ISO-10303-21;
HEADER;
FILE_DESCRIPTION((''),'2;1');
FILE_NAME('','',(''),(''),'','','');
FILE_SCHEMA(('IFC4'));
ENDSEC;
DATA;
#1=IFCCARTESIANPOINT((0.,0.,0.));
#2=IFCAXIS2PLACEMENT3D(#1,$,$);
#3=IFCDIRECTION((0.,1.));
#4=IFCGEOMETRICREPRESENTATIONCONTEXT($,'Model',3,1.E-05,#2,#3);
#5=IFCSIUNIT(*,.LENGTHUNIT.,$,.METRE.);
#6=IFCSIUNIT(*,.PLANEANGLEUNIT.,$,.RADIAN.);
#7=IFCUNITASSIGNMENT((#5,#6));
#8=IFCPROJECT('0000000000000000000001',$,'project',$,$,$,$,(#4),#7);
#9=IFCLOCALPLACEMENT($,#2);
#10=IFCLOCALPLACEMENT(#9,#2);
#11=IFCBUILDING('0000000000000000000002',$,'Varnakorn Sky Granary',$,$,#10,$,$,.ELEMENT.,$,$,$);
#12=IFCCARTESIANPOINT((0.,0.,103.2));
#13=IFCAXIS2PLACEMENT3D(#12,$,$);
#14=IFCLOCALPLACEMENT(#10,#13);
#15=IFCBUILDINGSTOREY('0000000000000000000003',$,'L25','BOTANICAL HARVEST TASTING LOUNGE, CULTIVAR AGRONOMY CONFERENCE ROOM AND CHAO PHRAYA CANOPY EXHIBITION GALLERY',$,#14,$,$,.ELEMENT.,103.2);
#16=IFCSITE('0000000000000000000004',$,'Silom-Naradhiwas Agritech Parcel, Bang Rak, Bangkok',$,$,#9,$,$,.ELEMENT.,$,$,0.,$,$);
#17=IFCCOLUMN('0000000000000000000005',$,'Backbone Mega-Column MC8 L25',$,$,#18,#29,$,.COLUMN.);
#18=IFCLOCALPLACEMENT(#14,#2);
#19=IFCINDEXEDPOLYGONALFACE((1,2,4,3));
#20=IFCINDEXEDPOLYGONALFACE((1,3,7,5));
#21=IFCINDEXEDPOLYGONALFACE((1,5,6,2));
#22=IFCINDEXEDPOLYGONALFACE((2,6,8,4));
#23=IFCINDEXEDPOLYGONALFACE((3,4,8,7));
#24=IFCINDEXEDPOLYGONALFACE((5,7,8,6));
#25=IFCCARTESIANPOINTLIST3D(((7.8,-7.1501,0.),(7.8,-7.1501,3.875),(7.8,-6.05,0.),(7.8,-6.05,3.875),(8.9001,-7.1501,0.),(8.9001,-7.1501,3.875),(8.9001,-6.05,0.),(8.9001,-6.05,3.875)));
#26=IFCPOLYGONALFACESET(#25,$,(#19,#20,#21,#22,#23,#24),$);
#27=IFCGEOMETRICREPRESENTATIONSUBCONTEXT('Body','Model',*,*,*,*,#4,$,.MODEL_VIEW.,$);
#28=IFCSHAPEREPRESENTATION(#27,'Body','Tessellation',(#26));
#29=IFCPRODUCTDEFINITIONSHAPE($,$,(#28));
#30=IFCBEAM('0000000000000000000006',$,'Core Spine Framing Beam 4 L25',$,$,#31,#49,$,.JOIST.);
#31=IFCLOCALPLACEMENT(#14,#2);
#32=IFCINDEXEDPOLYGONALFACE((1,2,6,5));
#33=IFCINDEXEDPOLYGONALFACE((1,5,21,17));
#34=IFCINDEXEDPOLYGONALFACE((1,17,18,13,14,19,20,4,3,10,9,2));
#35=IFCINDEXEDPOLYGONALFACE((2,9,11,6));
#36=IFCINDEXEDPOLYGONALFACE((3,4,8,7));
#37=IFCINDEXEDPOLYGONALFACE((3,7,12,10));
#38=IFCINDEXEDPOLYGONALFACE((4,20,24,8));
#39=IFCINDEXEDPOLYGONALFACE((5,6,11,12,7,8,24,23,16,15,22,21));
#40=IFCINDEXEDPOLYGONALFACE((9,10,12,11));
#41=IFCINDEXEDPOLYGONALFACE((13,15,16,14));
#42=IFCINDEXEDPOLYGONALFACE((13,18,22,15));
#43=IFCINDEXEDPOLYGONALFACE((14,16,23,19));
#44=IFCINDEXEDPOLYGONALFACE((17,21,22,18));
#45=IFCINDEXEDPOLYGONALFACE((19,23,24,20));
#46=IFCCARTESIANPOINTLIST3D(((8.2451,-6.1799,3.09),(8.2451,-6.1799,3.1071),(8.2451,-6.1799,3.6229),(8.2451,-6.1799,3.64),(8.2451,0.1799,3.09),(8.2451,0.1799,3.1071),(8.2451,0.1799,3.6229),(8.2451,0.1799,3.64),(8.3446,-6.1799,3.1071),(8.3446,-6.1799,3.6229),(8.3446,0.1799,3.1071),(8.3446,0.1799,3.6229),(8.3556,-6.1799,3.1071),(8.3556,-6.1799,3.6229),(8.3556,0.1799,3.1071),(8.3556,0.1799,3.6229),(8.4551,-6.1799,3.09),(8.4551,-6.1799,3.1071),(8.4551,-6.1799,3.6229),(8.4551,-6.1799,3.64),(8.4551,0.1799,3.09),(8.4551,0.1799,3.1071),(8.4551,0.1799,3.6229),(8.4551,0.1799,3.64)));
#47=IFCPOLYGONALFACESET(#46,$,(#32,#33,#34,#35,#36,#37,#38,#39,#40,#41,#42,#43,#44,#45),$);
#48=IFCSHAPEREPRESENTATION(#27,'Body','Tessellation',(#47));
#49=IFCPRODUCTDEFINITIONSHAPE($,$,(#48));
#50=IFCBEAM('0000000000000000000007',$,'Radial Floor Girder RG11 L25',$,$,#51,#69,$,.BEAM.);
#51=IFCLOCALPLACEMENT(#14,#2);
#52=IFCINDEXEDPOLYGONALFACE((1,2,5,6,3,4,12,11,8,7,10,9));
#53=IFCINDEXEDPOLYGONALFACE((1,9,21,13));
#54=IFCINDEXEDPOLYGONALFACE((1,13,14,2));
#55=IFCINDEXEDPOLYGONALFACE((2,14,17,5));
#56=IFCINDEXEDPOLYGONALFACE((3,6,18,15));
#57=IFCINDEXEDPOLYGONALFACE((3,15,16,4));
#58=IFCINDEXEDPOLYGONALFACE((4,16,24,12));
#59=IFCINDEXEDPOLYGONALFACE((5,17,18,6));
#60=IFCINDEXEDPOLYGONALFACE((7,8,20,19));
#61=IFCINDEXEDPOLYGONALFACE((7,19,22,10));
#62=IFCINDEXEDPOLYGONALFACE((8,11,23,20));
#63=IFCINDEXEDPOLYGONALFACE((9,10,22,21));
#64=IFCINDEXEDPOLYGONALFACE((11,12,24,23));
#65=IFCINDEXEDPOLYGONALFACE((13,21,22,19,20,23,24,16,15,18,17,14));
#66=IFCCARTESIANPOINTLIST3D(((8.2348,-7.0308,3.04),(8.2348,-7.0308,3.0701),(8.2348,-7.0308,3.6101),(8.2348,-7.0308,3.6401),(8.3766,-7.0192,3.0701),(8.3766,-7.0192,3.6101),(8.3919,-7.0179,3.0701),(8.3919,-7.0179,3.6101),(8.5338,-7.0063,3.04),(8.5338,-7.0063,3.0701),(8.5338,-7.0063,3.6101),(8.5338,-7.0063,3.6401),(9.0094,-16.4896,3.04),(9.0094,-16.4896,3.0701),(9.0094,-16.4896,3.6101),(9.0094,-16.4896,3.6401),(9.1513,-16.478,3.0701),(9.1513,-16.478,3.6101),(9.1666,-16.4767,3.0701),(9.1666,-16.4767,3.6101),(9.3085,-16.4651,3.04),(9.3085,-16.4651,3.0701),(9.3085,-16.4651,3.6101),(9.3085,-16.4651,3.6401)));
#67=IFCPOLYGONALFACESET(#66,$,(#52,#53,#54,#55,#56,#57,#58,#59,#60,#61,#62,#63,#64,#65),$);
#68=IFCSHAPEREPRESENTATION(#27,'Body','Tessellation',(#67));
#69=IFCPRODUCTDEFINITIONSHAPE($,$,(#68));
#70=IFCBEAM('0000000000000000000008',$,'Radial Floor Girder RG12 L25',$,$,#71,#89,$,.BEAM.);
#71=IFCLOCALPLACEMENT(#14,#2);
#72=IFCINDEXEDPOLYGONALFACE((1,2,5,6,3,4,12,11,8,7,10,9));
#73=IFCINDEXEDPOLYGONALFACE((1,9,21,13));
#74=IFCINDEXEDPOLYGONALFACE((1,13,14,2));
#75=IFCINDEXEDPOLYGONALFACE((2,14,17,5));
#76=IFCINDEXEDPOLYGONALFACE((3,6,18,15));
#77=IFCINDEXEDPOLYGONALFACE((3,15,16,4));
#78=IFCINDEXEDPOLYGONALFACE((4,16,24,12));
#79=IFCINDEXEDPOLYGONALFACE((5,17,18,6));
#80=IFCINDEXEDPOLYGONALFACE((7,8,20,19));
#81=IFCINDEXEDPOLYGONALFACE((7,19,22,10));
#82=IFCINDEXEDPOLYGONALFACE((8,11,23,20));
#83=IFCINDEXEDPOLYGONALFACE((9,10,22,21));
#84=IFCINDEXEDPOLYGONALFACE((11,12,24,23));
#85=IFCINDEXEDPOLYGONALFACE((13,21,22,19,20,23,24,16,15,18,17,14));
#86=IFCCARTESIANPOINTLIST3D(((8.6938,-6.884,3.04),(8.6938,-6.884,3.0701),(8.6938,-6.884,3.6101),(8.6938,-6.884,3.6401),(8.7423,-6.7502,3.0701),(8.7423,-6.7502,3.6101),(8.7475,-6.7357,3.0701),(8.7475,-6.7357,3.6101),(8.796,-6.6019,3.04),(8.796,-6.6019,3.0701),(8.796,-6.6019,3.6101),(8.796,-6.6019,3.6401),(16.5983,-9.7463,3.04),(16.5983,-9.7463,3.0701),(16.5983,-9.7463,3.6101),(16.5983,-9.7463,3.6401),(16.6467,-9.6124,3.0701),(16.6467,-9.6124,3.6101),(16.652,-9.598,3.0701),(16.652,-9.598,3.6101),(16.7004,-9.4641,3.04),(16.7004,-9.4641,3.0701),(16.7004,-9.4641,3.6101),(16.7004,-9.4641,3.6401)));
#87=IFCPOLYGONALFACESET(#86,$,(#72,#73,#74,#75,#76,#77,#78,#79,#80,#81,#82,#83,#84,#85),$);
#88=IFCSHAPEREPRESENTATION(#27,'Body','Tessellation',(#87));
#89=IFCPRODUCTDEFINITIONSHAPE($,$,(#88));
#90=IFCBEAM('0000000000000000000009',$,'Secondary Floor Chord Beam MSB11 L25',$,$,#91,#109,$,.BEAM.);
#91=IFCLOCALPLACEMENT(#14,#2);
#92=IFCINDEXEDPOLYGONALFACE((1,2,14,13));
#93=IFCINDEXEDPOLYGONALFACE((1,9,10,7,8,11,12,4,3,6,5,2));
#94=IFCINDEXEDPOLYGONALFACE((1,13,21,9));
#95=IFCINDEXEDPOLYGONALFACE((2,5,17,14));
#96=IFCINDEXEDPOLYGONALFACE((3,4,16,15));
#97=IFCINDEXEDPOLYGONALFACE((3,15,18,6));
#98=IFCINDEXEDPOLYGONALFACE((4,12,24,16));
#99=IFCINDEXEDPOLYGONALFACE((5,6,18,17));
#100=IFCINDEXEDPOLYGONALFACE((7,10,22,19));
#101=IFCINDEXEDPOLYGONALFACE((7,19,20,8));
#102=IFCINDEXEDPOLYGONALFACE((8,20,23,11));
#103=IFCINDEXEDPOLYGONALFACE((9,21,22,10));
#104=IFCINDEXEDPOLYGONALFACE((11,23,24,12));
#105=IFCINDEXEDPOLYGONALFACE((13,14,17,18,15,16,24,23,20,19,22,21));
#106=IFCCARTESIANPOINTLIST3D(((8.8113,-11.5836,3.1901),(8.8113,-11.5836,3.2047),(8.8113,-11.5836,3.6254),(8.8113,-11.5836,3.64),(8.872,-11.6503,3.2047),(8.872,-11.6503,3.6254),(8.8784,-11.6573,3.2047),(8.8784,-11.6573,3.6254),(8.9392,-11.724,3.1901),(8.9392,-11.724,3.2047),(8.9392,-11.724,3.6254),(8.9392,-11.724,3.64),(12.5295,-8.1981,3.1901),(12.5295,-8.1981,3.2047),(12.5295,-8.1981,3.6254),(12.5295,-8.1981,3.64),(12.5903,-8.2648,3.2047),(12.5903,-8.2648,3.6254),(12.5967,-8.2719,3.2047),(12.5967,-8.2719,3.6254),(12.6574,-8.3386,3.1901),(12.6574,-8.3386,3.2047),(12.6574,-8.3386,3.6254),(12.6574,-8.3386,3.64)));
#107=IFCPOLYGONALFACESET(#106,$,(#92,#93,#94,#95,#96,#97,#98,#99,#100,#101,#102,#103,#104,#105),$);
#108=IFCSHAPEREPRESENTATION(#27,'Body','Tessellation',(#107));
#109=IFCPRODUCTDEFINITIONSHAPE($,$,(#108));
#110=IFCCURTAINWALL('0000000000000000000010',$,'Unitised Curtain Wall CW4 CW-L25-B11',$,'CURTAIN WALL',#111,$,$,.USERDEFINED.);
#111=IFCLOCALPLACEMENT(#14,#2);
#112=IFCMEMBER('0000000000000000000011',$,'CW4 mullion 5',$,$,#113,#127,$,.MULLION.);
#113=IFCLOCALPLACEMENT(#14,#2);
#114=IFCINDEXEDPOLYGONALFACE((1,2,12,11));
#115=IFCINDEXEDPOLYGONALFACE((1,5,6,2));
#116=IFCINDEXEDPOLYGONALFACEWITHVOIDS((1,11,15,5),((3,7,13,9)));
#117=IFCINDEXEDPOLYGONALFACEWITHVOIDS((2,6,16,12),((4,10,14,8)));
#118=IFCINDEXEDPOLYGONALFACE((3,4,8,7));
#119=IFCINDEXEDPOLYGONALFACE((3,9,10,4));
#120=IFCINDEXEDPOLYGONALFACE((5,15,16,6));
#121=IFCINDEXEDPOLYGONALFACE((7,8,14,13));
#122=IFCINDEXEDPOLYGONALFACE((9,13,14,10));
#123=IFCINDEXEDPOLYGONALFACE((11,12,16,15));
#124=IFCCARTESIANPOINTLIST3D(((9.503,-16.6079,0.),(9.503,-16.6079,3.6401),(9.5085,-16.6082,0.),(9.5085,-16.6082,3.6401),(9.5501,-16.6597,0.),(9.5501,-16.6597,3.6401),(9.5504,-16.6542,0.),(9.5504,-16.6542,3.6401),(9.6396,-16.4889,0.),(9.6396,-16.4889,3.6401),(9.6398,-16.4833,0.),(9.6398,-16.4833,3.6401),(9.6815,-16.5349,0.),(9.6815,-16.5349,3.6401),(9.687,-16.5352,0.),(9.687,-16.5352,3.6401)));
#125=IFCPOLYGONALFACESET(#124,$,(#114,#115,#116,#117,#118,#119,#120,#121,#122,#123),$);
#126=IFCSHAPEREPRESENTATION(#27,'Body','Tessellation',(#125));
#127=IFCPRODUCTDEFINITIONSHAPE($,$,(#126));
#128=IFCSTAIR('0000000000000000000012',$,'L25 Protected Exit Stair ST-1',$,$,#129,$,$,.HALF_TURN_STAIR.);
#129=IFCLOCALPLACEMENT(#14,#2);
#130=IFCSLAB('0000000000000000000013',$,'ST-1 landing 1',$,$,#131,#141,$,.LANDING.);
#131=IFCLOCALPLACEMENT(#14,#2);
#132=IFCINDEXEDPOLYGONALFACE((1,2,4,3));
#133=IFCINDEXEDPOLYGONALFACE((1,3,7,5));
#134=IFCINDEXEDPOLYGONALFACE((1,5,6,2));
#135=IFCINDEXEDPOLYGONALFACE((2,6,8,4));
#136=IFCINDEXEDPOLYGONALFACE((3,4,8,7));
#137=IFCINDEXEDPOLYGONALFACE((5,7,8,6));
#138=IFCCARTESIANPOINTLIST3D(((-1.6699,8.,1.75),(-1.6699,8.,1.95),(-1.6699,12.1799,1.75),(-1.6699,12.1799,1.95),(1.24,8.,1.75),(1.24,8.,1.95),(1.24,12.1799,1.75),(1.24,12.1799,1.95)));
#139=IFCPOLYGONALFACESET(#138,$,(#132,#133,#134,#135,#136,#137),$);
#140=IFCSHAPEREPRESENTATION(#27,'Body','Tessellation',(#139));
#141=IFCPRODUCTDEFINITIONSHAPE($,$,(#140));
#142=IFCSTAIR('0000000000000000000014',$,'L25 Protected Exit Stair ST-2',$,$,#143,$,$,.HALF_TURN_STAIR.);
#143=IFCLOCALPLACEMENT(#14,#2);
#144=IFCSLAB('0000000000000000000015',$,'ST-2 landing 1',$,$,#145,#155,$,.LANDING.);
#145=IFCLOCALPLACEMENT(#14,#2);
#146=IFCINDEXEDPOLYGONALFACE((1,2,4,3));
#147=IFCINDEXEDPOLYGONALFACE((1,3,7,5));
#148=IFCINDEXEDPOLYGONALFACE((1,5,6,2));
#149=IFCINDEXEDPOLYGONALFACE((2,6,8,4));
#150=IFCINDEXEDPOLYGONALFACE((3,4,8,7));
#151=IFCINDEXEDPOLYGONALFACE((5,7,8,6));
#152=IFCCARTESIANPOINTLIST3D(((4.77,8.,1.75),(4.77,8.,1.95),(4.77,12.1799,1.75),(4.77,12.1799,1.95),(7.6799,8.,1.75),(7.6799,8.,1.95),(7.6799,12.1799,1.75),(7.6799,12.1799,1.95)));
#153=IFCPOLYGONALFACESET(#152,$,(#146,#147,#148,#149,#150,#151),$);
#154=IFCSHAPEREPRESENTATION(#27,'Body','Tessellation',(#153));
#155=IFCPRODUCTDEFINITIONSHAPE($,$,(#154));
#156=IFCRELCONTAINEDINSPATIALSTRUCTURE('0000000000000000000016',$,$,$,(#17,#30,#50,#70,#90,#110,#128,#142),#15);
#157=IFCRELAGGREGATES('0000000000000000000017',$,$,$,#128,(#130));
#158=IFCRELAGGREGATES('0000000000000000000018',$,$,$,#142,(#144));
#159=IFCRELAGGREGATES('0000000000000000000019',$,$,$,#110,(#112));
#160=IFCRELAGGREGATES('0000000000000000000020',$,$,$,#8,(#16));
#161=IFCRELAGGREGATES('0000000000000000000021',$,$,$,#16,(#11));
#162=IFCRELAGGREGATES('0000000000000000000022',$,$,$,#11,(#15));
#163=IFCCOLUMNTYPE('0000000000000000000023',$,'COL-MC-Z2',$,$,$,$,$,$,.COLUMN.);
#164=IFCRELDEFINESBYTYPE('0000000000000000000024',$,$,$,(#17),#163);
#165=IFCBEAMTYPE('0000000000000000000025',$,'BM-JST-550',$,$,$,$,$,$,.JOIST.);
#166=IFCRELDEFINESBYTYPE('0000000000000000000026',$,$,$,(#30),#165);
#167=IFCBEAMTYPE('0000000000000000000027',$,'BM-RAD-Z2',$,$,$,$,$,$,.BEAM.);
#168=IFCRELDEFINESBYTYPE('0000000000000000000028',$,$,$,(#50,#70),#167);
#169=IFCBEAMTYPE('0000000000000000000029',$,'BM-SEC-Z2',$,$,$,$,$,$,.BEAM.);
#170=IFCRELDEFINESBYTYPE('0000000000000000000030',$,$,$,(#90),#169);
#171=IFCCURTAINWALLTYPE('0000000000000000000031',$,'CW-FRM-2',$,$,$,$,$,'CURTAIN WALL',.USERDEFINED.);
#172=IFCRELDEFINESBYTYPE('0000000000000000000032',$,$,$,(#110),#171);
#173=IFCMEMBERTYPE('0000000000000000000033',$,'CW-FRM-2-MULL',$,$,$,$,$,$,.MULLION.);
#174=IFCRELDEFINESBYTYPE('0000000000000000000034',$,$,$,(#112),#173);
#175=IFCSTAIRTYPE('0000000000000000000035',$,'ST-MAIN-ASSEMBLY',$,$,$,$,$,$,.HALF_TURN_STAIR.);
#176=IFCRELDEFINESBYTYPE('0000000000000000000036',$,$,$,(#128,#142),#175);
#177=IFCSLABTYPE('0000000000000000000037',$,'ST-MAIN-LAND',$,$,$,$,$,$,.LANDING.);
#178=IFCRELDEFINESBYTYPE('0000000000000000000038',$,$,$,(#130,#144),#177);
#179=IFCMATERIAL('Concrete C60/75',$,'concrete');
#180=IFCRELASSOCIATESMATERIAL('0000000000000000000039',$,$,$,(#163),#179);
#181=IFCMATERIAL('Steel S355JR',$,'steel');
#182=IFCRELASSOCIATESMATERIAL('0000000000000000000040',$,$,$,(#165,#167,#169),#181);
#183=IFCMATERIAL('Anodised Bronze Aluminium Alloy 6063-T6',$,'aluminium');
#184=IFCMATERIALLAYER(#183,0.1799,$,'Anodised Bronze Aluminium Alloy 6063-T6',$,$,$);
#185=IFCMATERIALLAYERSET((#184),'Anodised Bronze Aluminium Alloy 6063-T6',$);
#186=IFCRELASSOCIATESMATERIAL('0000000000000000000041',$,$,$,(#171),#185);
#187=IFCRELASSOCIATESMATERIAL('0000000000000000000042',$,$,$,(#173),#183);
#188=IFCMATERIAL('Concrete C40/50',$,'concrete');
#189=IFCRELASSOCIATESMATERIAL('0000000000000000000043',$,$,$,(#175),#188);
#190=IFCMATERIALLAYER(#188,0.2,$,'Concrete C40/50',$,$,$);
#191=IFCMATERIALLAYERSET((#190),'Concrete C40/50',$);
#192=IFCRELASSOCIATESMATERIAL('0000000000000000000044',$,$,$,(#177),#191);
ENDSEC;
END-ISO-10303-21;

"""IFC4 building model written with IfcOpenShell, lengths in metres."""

from ifc_helpers import new_model, si_unit, direction, frame, origin, origin_2d, place, context, subcontext, project, spatial, polyline, rectangle, hollow_rectangle, i_section, outline, extrude, material, layer, layer_set, material_profile, profile_set, type_object, element, aggregate, save


model = new_model("IFC4")

# Units and contexts
model_context = context("Model", 3, precision=1e-05, world=origin(), true_north=direction((0.0, 1.0)))
body_context = subcontext(model_context, "Body", "Model", "MODEL_VIEW")
ifc_project = project(units=[si_unit("LENGTHUNIT", "METRE"), si_unit("PLANEANGLEUNIT", "RADIAN")], contexts=[model_context])

# Site, building, storey
site_placement = place(None, origin())
site = spatial("IfcSite", under=ifc_project, at=site_placement, Name="Silom-Naradhiwas Agritech Parcel, Bang Rak, Bangkok", CompositionType="ELEMENT", RefElevation=0.0)
building_placement = place(site_placement, origin())
building = spatial("IfcBuilding", under=site, at=building_placement, Name="Varnakorn Sky Granary", CompositionType="ELEMENT")
storey_placement = place(building_placement, frame((0.0, 0.0, 103.2)))
storey = spatial("IfcBuildingStorey", under=building, at=storey_placement, Name="L25", Description="BOTANICAL HARVEST TASTING LOUNGE, CULTIVAR AGRONOMY CONFERENCE ROOM AND CHAO PHRAYA CANOPY EXHIBITION GALLERY", CompositionType="ELEMENT", Elevation=103.2)

# Column
ifc_material_1 = material(Name="Concrete C60/75", Category="concrete")
ifc_material_profile_1 = material_profile(ifc_material_1, rectangle(XDim=1.1001, YDim=1.1001, at=origin_2d()), Name="RC 1100x1100")
ifc_profile_set_1 = profile_set([ifc_material_profile_1], Name="Concrete C60/75")
column_type = type_object("IfcColumnType", Name="COL-MC-Z2", PredefinedType="COLUMN", material=ifc_profile_set_1)
column_placement = place(storey_placement, frame((8.3501, -6.6001, 0.0), z_axis=(0.0, 0.0, 1.0), x_axis=(1.0, 0.0, 0.0)))
element("IfcColumn", 1, at=column_placement, inside=storey, type_object=column_type, Name="Backbone Mega-Column MC8 L25", PredefinedType="COLUMN", context=body_context, shape_type="SweptSolid", body=[
    extrude(rectangle(XDim=1.1001, YDim=1.1001, at=origin_2d()), origin(), (0.0, 0.0, 1.0), 3.875),
])

# Beams
ifc_material_2 = material(Name="Steel S355JR", Category="steel")
ifc_material_profile_2 = material_profile(ifc_material_2, i_section(OverallWidth=0.21, OverallDepth=0.55, WebThickness=0.011, FlangeThickness=0.0171, at=origin_2d()), Name="IPE 550")
ifc_profile_set_2 = profile_set([ifc_material_profile_2], Name="Steel S355JR")
beam_type_1 = type_object("IfcBeamType", Name="BM-JST-550", PredefinedType="JOIST", material=ifc_profile_set_2)
beam_1_placement = place(storey_placement, frame((8.3501, 0.1799, 3.365), z_axis=(0.0, -1.0, 0.0), x_axis=(1.0, 0.0, 0.0)))
element("IfcBeam", 2, at=beam_1_placement, inside=storey, type_object=beam_type_1, Name="Core Spine Framing Beam 4 L25", PredefinedType="JOIST", context=body_context, shape_type="SweptSolid", body=[
    extrude(i_section(OverallWidth=0.21, OverallDepth=0.55, WebThickness=0.011, FlangeThickness=0.0171, at=origin_2d()), origin(), (0.0, 0.0, 1.0), 6.3599),
])
ifc_material_profile_3 = material_profile(ifc_material_2, i_section(OverallWidth=0.3, OverallDepth=0.6001, WebThickness=0.0154, FlangeThickness=0.03, at=origin_2d()), Name="HE 600 B")
ifc_profile_set_3 = profile_set([ifc_material_profile_3], Name="Steel S355JR")
beam_type_2 = type_object("IfcBeamType", Name="BM-RAD-Z2", PredefinedType="BEAM", material=ifc_profile_set_3)
beam_2_placement = place(storey_placement, frame((8.3843, -7.0186, 3.3401), z_axis=(0.081625, -0.996663, 0.0), x_axis=(0.996663, 0.081625, 0.0)))
element("IfcBeam", 3, at=beam_2_placement, inside=storey, type_object=beam_type_2, Name="Radial Floor Girder RG11 L25", PredefinedType="BEAM", context=body_context, shape_type="SweptSolid", body=[
    extrude(i_section(OverallWidth=0.3, OverallDepth=0.6001, WebThickness=0.0154, FlangeThickness=0.03, at=origin_2d()), origin(), (0.0, 0.0, 1.0), 9.4905),
])
beam_3_placement = place(storey_placement, frame((8.7449, -6.7429, 3.3401), z_axis=(0.940254, -0.340474, 0.0), x_axis=(0.340474, 0.940254, 0.0)))
element("IfcBeam", 4, at=beam_3_placement, inside=storey, type_object=beam_type_2, Name="Radial Floor Girder RG12 L25", PredefinedType="BEAM", context=body_context, shape_type="SweptSolid", body=[
    extrude(i_section(OverallWidth=0.3, OverallDepth=0.6001, WebThickness=0.0154, FlangeThickness=0.03, at=origin_2d()), origin(), (0.0, 0.0, 1.0), 8.4067),
])
ifc_material_profile_4 = material_profile(ifc_material_2, i_section(OverallWidth=0.1899, OverallDepth=0.45, WebThickness=0.0095, FlangeThickness=0.0146, at=origin_2d()), Name="IPE 450")
ifc_profile_set_4 = profile_set([ifc_material_profile_4], Name="Steel S355JR")
beam_type_3 = type_object("IfcBeamType", Name="BM-SEC-Z2", PredefinedType="BEAM", material=ifc_profile_set_4)
beam_4_placement = place(storey_placement, frame((8.8752, -11.6538, 3.415), z_axis=(0.739419, 0.673245, 0.0), x_axis=(-0.673245, 0.739419, 0.0)))
element("IfcBeam", 5, at=beam_4_placement, inside=storey, type_object=beam_type_3, Name="Secondary Floor Chord Beam MSB11 L25", PredefinedType="BEAM", context=body_context, shape_type="SweptSolid", body=[
    extrude(i_section(OverallWidth=0.1899, OverallDepth=0.45, WebThickness=0.0095, FlangeThickness=0.0146, at=origin_2d()), origin(), (0.0, 0.0, 1.0), 5.0286),
])

# Curtain wall, member
ifc_material_3 = material(Name="Anodised Bronze Aluminium Alloy 6063-T6", Category="aluminium")
ifc_layer_1 = layer(ifc_material_3, 0.1799, Name="Anodised Bronze Aluminium Alloy 6063-T6")
ifc_layer_set_1 = layer_set([ifc_layer_1], Name="Anodised Bronze Aluminium Alloy 6063-T6")
curtain_wall_type = type_object("IfcCurtainWallType", Name="CW-FRM-2", ElementType="CURTAIN WALL", PredefinedType="USERDEFINED", material=ifc_layer_set_1)
curtain_wall_placement = place(storey_placement, origin())
curtain_wall = element("IfcCurtainWall", 6, at=curtain_wall_placement, inside=storey, type_object=curtain_wall_type, Name="Unitised Curtain Wall CW4 CW-L25-B11", ObjectType="CURTAIN WALL", PredefinedType="USERDEFINED")
ifc_material_profile_5 = material_profile(ifc_material_3, hollow_rectangle(XDim=0.0701, YDim=0.1851, WallThickness=0.0039, at=origin_2d()), Name="ALU MULL 70x185")
ifc_profile_set_5 = profile_set([ifc_material_profile_5], Name="Anodised Bronze Aluminium Alloy 6063-T6")
member_type = type_object("IfcMemberType", Name="CW-FRM-2-MULL", PredefinedType="MULLION", material=ifc_profile_set_5)
member_placement = place(storey_placement, frame((9.595, -16.5715, 0.0), z_axis=(0.0, 0.0, 1.0), x_axis=(0.673185, -0.739474, 0.0)))
member = element("IfcMember", 7, at=member_placement, type_object=member_type, Name="CW4 mullion 5", PredefinedType="MULLION", context=body_context, shape_type="SweptSolid", body=[
    extrude(hollow_rectangle(XDim=0.0701, YDim=0.1851, WallThickness=0.0039, at=origin_2d()), origin(), (0.0, 0.0, 1.0), 3.6401),
])

# Stairs, slabs
ifc_material_4 = material(Name="Concrete C40/50", Category="concrete")
stair_type = type_object("IfcStairType", Name="ST-MAIN-ASSEMBLY", PredefinedType="HALF_TURN_STAIR", material=ifc_material_4)
stair_1_placement = place(storey_placement, origin())
stair_1 = element("IfcStair", 8, at=stair_1_placement, inside=storey, type_object=stair_type, Name="L25 Protected Exit Stair ST-1", PredefinedType="HALF_TURN_STAIR")
ifc_layer_2 = layer(ifc_material_4, 0.2, Name="Concrete C40/50")
ifc_layer_set_2 = layer_set([ifc_layer_2], Name="Concrete C40/50")
slab_type_1 = type_object("IfcSlabType", Name="ST-MAIN-LAND", PredefinedType="LANDING", material=ifc_layer_set_2)
slab_1_placement = place(storey_placement, frame((0.0, 0.0, 1.75)))
slab_1 = element("IfcSlab", 9, at=slab_1_placement, type_object=slab_type_1, Name="ST-1 landing 1", PredefinedType="LANDING", context=body_context, shape_type="SweptSolid", body=[
    extrude(outline(polyline([(1.24, 8.0), (1.24, 12.1799), (-1.6699, 12.1799), (-1.6699, 8.0), (1.24, 8.0)])), origin(), (0.0, 0.0, 1.0), 0.2),
])
aggregate(stair_1, [slab_1])
stair_2_placement = place(storey_placement, origin())
stair_2 = element("IfcStair", 10, at=stair_2_placement, inside=storey, type_object=stair_type, Name="L25 Protected Exit Stair ST-2", PredefinedType="HALF_TURN_STAIR")
slab_2_placement = place(storey_placement, frame((0.0, 0.0, 1.75)))
slab_2 = element("IfcSlab", 11, at=slab_2_placement, type_object=slab_type_1, Name="ST-2 landing 1", PredefinedType="LANDING", context=body_context, shape_type="SweptSolid", body=[
    extrude(outline(polyline([(7.6799, 8.0), (7.6799, 12.1799), (4.77, 12.1799), (4.77, 8.0), (7.6799, 8.0)])), origin(), (0.0, 0.0, 1.0), 0.2),
])
aggregate(stair_2, [slab_2])

aggregate(curtain_wall, [member])

save(model, "model.ifc")
